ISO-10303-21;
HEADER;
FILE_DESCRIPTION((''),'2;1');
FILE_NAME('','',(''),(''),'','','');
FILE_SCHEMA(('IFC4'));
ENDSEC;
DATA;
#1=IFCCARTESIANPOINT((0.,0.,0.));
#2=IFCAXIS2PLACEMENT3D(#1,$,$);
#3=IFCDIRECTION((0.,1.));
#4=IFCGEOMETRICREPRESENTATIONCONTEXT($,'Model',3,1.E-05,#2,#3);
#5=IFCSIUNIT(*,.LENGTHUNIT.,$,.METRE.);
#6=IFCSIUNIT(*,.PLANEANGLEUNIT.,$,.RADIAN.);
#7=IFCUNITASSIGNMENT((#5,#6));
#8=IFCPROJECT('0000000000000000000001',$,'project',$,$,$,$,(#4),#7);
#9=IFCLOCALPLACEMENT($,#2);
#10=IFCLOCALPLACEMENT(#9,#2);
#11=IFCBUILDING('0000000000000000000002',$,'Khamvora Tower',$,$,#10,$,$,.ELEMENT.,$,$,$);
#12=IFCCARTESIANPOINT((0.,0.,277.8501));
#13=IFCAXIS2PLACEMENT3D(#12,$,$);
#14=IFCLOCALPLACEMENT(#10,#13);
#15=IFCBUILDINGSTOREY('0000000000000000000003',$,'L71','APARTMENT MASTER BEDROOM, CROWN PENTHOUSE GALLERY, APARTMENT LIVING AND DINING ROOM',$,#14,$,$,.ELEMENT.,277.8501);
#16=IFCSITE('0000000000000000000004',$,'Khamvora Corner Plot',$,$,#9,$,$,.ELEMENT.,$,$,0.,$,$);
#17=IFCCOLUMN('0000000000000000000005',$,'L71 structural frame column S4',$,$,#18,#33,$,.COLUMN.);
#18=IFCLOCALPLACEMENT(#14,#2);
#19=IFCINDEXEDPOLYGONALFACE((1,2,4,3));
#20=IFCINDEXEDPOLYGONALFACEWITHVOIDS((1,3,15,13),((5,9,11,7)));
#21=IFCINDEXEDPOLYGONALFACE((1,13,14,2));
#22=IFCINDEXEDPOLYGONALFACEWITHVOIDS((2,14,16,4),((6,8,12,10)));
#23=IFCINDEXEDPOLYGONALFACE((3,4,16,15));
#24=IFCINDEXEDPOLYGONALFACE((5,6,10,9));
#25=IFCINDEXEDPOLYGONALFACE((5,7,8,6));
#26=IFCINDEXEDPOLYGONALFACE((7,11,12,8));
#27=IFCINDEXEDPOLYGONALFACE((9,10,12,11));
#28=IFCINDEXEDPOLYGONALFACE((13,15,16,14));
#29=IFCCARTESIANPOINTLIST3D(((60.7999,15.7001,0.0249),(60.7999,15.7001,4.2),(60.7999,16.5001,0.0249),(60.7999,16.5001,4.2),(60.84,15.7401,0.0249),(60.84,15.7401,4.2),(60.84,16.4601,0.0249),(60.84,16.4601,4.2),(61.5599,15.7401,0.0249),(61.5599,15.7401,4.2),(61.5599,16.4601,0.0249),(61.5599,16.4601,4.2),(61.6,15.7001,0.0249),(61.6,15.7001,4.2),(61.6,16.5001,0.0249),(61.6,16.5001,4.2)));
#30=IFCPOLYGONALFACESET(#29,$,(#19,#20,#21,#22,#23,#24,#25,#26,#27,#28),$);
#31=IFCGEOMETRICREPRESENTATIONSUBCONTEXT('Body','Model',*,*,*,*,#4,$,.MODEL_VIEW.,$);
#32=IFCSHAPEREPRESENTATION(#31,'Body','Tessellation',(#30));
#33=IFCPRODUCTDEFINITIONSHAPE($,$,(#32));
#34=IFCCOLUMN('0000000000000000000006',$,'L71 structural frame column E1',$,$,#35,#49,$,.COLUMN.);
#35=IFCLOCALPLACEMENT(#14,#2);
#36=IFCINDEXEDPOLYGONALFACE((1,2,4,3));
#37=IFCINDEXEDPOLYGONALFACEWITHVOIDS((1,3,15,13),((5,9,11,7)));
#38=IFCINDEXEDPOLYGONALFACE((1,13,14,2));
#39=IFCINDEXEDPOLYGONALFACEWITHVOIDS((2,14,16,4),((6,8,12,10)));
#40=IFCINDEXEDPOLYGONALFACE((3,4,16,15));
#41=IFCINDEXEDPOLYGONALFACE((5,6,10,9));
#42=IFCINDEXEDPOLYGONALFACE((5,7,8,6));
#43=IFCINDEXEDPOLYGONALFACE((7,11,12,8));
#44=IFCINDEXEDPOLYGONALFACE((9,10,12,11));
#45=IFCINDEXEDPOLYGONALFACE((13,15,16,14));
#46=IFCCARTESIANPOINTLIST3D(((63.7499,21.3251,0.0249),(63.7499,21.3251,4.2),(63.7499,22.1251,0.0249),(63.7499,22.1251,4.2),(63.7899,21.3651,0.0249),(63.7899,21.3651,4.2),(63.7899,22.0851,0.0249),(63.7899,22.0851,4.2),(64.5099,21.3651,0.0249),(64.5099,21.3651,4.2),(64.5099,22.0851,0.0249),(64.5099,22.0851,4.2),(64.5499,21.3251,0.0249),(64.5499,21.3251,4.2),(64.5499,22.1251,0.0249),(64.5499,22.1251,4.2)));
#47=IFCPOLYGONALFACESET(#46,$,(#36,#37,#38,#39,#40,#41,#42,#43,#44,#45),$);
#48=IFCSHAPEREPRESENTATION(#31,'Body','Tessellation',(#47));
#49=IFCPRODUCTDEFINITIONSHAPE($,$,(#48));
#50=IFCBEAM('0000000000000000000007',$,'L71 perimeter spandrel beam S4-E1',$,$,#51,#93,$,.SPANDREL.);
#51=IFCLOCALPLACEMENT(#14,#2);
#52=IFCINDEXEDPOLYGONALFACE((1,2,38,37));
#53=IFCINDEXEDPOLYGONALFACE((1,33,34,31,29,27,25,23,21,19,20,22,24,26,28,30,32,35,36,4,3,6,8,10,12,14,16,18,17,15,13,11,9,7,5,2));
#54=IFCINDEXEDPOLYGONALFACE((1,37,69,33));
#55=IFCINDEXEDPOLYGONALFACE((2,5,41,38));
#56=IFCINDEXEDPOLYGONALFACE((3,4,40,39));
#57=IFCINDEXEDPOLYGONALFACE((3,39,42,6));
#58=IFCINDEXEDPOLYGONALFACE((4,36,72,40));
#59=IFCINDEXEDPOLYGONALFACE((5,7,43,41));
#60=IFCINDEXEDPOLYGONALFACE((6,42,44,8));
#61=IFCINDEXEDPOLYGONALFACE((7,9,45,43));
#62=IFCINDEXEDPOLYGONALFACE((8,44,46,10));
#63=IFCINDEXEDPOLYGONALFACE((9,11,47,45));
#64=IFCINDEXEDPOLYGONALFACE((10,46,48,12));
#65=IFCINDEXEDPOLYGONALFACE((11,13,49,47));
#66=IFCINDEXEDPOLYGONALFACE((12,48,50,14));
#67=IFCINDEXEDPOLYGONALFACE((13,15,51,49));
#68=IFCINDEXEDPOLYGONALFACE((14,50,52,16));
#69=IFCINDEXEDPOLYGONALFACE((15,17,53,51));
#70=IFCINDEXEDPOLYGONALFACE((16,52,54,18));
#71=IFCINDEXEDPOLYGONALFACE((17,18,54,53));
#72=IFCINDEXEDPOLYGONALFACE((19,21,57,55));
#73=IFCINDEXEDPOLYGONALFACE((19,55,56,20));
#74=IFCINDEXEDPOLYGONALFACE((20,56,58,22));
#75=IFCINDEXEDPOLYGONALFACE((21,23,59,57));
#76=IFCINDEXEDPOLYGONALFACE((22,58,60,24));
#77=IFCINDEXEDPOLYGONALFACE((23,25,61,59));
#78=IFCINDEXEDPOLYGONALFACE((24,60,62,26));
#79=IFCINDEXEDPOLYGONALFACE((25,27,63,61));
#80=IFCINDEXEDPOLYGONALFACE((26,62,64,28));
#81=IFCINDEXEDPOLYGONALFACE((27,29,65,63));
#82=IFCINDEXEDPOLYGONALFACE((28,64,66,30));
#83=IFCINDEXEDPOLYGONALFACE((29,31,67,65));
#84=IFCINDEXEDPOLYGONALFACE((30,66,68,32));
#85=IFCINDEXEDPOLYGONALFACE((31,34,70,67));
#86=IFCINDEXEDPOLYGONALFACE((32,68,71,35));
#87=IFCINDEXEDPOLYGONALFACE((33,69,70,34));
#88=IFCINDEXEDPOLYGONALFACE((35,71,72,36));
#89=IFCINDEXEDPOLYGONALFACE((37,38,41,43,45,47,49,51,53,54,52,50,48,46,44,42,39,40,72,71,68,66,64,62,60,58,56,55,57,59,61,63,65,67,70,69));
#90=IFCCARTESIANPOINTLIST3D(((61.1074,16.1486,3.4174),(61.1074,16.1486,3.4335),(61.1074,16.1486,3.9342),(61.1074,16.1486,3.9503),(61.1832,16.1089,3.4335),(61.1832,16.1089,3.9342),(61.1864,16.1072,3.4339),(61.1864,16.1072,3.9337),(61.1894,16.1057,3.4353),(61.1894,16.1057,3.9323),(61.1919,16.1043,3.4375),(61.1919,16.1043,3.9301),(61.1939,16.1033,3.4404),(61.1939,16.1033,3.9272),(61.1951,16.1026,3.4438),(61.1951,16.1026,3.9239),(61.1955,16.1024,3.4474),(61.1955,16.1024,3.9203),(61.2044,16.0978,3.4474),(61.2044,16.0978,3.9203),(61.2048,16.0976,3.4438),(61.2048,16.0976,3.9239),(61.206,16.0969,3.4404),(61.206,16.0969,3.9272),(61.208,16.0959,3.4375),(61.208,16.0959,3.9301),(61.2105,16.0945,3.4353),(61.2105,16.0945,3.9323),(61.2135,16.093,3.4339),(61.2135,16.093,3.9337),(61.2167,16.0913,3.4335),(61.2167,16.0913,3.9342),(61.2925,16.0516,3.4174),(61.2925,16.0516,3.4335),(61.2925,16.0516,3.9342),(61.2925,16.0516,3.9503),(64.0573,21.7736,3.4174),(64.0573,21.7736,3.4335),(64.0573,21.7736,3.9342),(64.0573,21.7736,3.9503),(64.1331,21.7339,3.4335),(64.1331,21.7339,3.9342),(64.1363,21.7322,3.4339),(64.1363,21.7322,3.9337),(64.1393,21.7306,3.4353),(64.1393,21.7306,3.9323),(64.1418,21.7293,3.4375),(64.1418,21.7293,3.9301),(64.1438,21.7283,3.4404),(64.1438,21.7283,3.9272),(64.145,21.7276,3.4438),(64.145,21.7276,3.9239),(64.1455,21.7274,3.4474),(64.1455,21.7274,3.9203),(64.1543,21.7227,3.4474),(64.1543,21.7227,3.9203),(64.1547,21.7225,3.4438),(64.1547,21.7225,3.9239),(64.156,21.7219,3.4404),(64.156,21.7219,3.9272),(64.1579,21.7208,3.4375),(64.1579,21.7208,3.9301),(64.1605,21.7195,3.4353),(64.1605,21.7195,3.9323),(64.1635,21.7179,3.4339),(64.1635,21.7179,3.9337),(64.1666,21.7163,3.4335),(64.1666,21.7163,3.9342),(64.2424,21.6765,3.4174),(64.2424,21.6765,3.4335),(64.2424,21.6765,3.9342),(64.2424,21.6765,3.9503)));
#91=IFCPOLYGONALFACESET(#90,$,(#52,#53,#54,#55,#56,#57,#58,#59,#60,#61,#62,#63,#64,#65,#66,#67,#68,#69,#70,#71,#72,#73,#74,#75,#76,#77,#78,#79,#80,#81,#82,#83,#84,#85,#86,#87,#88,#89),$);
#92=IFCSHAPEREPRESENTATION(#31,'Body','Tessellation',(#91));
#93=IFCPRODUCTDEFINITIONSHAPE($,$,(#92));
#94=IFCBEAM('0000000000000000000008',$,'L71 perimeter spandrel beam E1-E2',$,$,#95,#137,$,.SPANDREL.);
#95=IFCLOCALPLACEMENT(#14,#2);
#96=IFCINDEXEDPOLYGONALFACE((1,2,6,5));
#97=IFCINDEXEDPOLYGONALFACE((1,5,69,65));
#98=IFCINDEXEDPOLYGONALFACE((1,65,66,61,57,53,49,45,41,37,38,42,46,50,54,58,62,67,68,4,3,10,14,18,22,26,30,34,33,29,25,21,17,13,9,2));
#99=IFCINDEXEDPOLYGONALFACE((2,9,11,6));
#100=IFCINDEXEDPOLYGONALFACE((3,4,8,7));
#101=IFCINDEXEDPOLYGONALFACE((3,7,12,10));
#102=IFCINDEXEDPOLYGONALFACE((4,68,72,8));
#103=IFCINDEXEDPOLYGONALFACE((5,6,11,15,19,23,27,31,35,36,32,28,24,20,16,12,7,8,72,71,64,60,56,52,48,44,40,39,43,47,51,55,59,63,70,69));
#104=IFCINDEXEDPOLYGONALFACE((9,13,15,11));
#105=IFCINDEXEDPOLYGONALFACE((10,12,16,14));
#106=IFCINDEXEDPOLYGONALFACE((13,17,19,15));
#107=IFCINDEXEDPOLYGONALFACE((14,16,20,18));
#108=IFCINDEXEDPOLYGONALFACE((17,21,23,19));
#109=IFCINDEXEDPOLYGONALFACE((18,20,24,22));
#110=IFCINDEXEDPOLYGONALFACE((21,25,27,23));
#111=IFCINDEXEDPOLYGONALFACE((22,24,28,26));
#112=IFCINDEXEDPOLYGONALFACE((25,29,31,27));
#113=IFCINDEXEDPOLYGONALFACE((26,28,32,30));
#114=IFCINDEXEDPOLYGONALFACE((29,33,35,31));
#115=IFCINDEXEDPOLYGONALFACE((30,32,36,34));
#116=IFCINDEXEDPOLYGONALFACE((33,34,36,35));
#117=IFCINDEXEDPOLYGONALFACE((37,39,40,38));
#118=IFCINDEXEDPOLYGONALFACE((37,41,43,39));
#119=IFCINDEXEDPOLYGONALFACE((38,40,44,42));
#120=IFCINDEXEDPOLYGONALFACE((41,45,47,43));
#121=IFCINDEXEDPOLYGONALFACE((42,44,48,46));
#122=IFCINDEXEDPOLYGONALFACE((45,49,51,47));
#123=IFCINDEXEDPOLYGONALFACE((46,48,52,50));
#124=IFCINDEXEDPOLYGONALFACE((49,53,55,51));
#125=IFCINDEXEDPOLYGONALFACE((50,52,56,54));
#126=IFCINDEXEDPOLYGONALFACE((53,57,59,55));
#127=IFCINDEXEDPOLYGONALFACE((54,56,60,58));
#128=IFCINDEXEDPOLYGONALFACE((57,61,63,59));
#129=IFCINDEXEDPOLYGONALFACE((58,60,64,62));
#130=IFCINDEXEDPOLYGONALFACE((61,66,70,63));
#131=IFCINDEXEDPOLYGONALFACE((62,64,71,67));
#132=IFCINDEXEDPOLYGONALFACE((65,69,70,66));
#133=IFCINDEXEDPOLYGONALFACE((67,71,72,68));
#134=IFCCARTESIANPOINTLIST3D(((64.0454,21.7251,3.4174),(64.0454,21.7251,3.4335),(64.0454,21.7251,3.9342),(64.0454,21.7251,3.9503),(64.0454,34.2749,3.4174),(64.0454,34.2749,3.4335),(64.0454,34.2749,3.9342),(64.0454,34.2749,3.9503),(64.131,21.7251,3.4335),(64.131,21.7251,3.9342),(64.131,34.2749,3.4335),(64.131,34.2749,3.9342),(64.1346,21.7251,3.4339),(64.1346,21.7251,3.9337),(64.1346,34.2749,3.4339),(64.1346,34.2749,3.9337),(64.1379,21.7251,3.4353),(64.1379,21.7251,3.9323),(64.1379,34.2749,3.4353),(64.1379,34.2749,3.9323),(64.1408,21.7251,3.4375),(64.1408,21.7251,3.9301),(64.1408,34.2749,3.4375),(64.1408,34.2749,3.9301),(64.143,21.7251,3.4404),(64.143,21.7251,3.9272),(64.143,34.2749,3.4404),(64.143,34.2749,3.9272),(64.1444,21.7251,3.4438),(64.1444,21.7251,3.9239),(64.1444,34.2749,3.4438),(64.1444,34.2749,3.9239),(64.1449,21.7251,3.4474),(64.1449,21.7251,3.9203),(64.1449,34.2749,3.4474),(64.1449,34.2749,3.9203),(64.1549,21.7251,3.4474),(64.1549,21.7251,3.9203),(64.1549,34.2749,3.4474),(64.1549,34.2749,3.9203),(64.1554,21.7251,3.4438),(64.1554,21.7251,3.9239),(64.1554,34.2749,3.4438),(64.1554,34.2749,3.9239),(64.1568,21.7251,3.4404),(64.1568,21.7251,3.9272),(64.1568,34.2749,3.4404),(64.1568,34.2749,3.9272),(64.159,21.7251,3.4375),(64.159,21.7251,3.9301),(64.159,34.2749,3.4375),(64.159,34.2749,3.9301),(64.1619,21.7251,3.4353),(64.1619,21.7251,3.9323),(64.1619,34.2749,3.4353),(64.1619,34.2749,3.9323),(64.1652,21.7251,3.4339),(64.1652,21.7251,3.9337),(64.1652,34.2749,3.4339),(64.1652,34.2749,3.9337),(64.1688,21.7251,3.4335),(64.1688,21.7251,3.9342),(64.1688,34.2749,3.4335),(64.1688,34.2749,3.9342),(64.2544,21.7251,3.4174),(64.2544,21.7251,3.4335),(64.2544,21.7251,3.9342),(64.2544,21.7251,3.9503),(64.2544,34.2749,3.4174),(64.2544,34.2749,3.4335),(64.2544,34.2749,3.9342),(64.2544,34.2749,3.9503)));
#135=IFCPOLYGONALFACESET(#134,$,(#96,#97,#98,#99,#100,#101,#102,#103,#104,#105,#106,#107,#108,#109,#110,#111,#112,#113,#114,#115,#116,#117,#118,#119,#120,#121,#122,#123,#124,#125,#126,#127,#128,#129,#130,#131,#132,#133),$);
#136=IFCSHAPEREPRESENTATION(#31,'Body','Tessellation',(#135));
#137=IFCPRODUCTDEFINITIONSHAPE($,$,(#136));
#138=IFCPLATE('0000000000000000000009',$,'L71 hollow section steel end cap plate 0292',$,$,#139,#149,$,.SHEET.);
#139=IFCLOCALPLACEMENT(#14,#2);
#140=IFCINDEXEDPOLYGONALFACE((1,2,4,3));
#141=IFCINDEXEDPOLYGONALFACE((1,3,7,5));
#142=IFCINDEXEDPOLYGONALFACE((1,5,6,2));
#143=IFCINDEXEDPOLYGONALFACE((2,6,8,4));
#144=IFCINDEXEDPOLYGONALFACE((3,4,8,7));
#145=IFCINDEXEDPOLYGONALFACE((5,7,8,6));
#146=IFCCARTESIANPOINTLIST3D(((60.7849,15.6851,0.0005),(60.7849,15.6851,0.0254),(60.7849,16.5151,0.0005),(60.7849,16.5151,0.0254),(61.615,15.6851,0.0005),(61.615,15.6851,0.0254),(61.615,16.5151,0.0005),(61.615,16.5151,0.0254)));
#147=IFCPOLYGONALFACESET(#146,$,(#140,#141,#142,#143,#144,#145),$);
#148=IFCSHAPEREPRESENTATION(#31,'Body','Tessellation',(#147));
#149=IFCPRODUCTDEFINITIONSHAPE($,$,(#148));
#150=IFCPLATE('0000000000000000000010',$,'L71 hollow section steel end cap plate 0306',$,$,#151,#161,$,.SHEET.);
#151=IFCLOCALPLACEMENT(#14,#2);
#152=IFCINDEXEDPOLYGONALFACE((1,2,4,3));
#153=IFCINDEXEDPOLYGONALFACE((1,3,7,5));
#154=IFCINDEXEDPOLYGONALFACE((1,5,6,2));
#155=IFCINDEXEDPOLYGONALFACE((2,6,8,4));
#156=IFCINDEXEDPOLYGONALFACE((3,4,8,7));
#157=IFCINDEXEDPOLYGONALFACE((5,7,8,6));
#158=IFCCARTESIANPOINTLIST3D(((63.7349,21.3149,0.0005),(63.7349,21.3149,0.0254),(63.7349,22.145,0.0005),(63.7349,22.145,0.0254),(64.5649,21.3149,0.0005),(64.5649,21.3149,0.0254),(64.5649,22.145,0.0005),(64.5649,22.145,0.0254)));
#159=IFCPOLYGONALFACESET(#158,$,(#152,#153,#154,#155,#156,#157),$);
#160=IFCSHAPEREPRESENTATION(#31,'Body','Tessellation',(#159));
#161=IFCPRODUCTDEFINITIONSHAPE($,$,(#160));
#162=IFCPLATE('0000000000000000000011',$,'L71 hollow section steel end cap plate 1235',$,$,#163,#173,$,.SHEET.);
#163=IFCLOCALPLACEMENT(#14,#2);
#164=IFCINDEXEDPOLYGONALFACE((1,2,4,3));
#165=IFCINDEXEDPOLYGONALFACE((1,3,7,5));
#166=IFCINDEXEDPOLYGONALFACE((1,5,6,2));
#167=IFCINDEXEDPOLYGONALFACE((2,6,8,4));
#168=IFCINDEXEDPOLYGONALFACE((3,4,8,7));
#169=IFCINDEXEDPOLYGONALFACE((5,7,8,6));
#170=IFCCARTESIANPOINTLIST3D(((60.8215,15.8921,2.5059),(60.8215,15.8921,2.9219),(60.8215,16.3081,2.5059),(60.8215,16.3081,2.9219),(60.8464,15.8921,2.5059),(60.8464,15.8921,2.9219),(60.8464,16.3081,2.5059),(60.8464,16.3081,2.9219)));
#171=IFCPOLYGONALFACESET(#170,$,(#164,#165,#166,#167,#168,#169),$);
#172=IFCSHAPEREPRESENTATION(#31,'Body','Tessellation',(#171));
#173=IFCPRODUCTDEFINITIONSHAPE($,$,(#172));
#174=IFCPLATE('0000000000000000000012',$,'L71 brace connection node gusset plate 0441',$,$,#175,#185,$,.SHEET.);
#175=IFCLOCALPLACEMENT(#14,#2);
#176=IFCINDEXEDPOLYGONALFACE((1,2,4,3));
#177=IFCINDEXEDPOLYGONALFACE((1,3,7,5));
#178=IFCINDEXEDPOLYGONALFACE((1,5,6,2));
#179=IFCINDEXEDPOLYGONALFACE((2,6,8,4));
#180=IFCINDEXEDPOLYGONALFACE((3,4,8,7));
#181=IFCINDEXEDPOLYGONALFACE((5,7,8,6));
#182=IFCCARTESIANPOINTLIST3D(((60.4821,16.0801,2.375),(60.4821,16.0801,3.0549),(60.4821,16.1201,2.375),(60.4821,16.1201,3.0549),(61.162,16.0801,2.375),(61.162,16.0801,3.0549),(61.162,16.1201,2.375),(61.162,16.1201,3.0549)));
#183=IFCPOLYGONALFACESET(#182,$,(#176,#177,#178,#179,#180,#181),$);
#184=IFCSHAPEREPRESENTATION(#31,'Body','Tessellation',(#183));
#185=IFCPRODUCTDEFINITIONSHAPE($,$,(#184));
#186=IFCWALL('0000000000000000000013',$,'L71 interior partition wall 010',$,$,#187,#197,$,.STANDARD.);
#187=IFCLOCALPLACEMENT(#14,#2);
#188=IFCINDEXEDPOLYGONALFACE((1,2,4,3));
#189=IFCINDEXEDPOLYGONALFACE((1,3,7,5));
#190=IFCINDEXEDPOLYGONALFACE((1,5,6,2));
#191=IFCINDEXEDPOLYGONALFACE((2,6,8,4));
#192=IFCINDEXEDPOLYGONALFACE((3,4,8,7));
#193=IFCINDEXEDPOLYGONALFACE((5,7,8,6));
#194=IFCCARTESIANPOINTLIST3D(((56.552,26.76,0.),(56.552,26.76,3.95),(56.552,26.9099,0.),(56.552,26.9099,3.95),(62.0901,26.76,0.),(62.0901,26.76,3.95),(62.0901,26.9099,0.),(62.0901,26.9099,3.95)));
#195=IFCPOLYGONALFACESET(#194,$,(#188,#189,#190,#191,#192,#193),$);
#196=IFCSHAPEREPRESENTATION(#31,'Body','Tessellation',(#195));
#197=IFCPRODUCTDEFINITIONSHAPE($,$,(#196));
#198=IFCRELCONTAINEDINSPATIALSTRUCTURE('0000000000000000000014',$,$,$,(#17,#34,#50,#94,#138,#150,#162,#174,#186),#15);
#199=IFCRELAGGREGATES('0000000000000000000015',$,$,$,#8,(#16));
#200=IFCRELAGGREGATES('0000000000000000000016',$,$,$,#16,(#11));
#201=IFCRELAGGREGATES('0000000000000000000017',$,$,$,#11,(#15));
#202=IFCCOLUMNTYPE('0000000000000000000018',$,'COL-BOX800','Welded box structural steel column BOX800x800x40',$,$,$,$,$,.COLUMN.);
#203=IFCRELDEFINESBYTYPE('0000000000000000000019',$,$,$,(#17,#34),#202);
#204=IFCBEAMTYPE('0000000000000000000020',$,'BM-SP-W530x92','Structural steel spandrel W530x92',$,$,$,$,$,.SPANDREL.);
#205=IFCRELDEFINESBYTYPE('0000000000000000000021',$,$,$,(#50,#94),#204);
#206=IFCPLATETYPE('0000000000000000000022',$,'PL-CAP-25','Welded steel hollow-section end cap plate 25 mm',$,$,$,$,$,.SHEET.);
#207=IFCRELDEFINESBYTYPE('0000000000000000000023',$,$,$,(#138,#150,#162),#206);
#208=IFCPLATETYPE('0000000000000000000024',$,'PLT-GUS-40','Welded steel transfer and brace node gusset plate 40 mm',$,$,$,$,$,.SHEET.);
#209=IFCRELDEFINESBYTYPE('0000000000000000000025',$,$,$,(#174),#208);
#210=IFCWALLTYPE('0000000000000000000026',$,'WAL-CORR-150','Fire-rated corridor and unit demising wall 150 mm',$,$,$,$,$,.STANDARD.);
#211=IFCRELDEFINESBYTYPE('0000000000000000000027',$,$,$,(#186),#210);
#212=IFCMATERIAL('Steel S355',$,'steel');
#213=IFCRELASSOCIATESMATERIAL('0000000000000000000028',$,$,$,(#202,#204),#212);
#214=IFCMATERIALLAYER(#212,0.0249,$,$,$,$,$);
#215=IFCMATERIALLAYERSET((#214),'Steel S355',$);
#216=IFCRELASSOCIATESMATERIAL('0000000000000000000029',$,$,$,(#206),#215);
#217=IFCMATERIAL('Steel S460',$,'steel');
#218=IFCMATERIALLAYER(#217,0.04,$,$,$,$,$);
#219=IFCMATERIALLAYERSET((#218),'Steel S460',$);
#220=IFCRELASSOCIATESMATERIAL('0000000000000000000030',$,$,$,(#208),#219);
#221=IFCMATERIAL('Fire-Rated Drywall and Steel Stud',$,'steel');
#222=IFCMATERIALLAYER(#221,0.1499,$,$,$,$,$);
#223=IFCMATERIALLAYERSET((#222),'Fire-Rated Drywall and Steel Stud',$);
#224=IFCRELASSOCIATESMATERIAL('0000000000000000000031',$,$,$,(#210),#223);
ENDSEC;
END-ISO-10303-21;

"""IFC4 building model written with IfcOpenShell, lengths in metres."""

from ifc_helpers import new_model, si_unit, direction, frame, frame_2d, origin, origin_2d, place, context, subcontext, project, spatial, rectangle, hollow_rectangle, i_section, extrude, material, layer, layer_set, material_profile, profile_set, type_object, element, save


model = new_model("IFC4")

# Units and contexts
model_context = context("Model", 3, precision=1e-05, world=origin(), true_north=direction((0.0, 1.0)))
body_context = subcontext(model_context, "Body", "Model", "MODEL_VIEW")
ifc_project = project(units=[si_unit("LENGTHUNIT", "METRE"), si_unit("PLANEANGLEUNIT", "RADIAN")], contexts=[model_context])

# Site, building, storey
site_placement = place(None, origin())
site = spatial("IfcSite", under=ifc_project, at=site_placement, Name="Khamvora Corner Plot", CompositionType="ELEMENT", RefElevation=0.0)
building_placement = place(site_placement, origin())
building = spatial("IfcBuilding", under=site, at=building_placement, Name="Khamvora Tower", CompositionType="ELEMENT")
storey_placement = place(building_placement, frame((0.0, 0.0, 277.8501)))
storey = spatial("IfcBuildingStorey", under=building, at=storey_placement, Name="L71", Description="APARTMENT MASTER BEDROOM, CROWN PENTHOUSE GALLERY, APARTMENT LIVING AND DINING ROOM", CompositionType="ELEMENT", Elevation=277.8501)

# Columns
ifc_material_1 = material(Name="Steel S355", Category="steel")
ifc_material_profile_1 = material_profile(ifc_material_1, hollow_rectangle(XDim=0.8, YDim=0.8, WallThickness=0.04, at=origin_2d()), Name="BOX800x800x40")
ifc_profile_set_1 = profile_set([ifc_material_profile_1], Name="Steel S355")
column_type = type_object("IfcColumnType", Name="COL-BOX800", Description="Welded box structural steel column BOX800x800x40", PredefinedType="COLUMN", material=ifc_profile_set_1)
for number, where, z_axis, x_axis, name in (
    (1, (61.2, 16.1001, 0.0249), (0.0, 0.0, 1.0), (1.0, 0.0, 0.0), "L71 structural frame column S4"),
    (2, (64.1499, 21.7251, 0.0249), (0.0, 0.0, 1.0), (1.0, 0.0, 0.0), "L71 structural frame column E1"),
):
    element("IfcColumn", number, at=place(storey_placement, frame(where, z_axis=z_axis, x_axis=x_axis)), inside=storey, type_object=column_type, Name=name, PredefinedType="COLUMN", context=body_context, shape_type="SweptSolid", body=[
        extrude(hollow_rectangle(XDim=0.8, YDim=0.8, WallThickness=0.04, at=origin_2d()), origin(), (0.0, 0.0, 1.0), 4.175),
    ])

# Beams
ifc_material_profile_2 = material_profile(ifc_material_1, i_section(OverallWidth=0.209, OverallDepth=0.533, WebThickness=0.01, FlangeThickness=0.0161, FilletRadius=0.0139, at=origin_2d()), Name="W530x92")
ifc_profile_set_2 = profile_set([ifc_material_profile_2], Name="Steel S355")
beam_type = type_object("IfcBeamType", Name="BM-SP-W530x92", Description="Structural steel spandrel W530x92", PredefinedType="SPANDREL", material=ifc_profile_set_2)
beam_1_placement = place(storey_placement, frame((61.2, 16.1001, 3.6838), z_axis=(0.464442, 0.885603, 0.0), x_axis=(-0.885603, 0.464442, 0.0)))
element("IfcBeam", 3, at=beam_1_placement, inside=storey, type_object=beam_type, Name="L71 perimeter spandrel beam S4-E1", PredefinedType="SPANDREL", context=body_context, shape_type="SweptSolid", body=[
    extrude(i_section(OverallWidth=0.209, OverallDepth=0.533, WebThickness=0.01, FlangeThickness=0.0161, FilletRadius=0.0139, at=origin_2d()), origin(), (0.0, 0.0, 1.0), 6.3516),
])
beam_2_placement = place(storey_placement, frame((64.1499, 21.7251, 3.6838), z_axis=(0.0, 1.0, 0.0), x_axis=(-1.0, 0.0, 0.0)))
element("IfcBeam", 4, at=beam_2_placement, inside=storey, type_object=beam_type, Name="L71 perimeter spandrel beam E1-E2", PredefinedType="SPANDREL", context=body_context, shape_type="SweptSolid", body=[
    extrude(i_section(OverallWidth=0.209, OverallDepth=0.533, WebThickness=0.01, FlangeThickness=0.0161, FilletRadius=0.0139, at=origin_2d()), origin(), (0.0, 0.0, 1.0), 12.5498),
])

# Plates
ifc_layer_1 = layer(ifc_material_1, 0.0249)
ifc_layer_set_1 = layer_set([ifc_layer_1], Name="Steel S355")
plate_type_1 = type_object("IfcPlateType", Name="PL-CAP-25", Description="Welded steel hollow-section end cap plate 25 mm", PredefinedType="SHEET", material=ifc_layer_set_1)
for number, where, z_axis, x_axis, name in (
    (5, (61.2, 16.1001, 0.0005), (0.0, 0.0, 1.0), (1.0, 0.0, 0.0), "L71 hollow section steel end cap plate 0292"),
    (6, (64.1499, 21.73, 0.0005), (0.0, 0.0, 1.0), (1.0, 0.0, 0.0), "L71 hollow section steel end cap plate 0306"),
):
    element("IfcPlate", number, at=place(storey_placement, frame(where, z_axis=z_axis, x_axis=x_axis)), inside=storey, type_object=plate_type_1, Name=name, PredefinedType="SHEET", context=body_context, shape_type="SweptSolid", body=[
        extrude(rectangle(XDim=0.8301, YDim=0.8301, at=origin_2d()), origin(), (0.0, 0.0, 1.0), 0.0249),
    ])
plate_1_placement = place(storey_placement, frame((60.834, 16.1001, 2.5059), z_axis=(0.0, 0.0, 1.0), x_axis=(-1.0, 0.0, 0.0)))
element("IfcPlate", 7, at=plate_1_placement, inside=storey, type_object=plate_type_1, Name="L71 hollow section steel end cap plate 1235", PredefinedType="SHEET", context=body_context, shape_type="SweptSolid", body=[
    extrude(rectangle(XDim=0.0249, YDim=0.416, at=origin_2d()), origin(), (0.0, 0.0, 1.0), 0.416),
])
ifc_material_2 = material(Name="Steel S460", Category="steel")
ifc_layer_2 = layer(ifc_material_2, 0.04)
ifc_layer_set_2 = layer_set([ifc_layer_2], Name="Steel S460")
plate_type_2 = type_object("IfcPlateType", Name="PLT-GUS-40", Description="Welded steel transfer and brace node gusset plate 40 mm", PredefinedType="SHEET", material=ifc_layer_set_2)
plate_2_placement = place(storey_placement, frame((60.822, 16.1001, 2.375), z_axis=(0.0, 0.0, 1.0), x_axis=(1.0, 0.0, 0.0)))
element("IfcPlate", 8, at=plate_2_placement, inside=storey, type_object=plate_type_2, Name="L71 brace connection node gusset plate 0441", PredefinedType="SHEET", context=body_context, shape_type="SweptSolid", body=[
    extrude(rectangle(XDim=0.6799, YDim=0.04, at=origin_2d()), origin(), (0.0, 0.0, 1.0), 0.6799),
])

# Wall
ifc_material_3 = material(Name="Fire-Rated Drywall and Steel Stud", Category="steel")
ifc_layer_3 = layer(ifc_material_3, 0.1499)
ifc_layer_set_3 = layer_set([ifc_layer_3], Name="Fire-Rated Drywall and Steel Stud")
wall_type_1 = type_object("IfcWallType", Name="WAL-CORR-150", Description="Fire-rated corridor and unit demising wall 150 mm", PredefinedType="STANDARD", material=ifc_layer_set_3)
wall_1_placement = place(storey_placement, frame((62.0901, 26.835, 0.0), z_axis=(0.0, 0.0, 1.0), x_axis=(-1.0, 0.0, 0.0)))
element("IfcWall", 9, at=wall_1_placement, inside=storey, type_object=wall_type_1, Name="L71 interior partition wall 010", PredefinedType="STANDARD", context=body_context, shape_type="SweptSolid", body=[
    extrude(rectangle(XDim=5.5381, YDim=0.1499, at=frame_2d((2.769, 0.0))), origin(), (0.0, 0.0, 1.0), 3.95),
])

save(model, "model.ifc")
